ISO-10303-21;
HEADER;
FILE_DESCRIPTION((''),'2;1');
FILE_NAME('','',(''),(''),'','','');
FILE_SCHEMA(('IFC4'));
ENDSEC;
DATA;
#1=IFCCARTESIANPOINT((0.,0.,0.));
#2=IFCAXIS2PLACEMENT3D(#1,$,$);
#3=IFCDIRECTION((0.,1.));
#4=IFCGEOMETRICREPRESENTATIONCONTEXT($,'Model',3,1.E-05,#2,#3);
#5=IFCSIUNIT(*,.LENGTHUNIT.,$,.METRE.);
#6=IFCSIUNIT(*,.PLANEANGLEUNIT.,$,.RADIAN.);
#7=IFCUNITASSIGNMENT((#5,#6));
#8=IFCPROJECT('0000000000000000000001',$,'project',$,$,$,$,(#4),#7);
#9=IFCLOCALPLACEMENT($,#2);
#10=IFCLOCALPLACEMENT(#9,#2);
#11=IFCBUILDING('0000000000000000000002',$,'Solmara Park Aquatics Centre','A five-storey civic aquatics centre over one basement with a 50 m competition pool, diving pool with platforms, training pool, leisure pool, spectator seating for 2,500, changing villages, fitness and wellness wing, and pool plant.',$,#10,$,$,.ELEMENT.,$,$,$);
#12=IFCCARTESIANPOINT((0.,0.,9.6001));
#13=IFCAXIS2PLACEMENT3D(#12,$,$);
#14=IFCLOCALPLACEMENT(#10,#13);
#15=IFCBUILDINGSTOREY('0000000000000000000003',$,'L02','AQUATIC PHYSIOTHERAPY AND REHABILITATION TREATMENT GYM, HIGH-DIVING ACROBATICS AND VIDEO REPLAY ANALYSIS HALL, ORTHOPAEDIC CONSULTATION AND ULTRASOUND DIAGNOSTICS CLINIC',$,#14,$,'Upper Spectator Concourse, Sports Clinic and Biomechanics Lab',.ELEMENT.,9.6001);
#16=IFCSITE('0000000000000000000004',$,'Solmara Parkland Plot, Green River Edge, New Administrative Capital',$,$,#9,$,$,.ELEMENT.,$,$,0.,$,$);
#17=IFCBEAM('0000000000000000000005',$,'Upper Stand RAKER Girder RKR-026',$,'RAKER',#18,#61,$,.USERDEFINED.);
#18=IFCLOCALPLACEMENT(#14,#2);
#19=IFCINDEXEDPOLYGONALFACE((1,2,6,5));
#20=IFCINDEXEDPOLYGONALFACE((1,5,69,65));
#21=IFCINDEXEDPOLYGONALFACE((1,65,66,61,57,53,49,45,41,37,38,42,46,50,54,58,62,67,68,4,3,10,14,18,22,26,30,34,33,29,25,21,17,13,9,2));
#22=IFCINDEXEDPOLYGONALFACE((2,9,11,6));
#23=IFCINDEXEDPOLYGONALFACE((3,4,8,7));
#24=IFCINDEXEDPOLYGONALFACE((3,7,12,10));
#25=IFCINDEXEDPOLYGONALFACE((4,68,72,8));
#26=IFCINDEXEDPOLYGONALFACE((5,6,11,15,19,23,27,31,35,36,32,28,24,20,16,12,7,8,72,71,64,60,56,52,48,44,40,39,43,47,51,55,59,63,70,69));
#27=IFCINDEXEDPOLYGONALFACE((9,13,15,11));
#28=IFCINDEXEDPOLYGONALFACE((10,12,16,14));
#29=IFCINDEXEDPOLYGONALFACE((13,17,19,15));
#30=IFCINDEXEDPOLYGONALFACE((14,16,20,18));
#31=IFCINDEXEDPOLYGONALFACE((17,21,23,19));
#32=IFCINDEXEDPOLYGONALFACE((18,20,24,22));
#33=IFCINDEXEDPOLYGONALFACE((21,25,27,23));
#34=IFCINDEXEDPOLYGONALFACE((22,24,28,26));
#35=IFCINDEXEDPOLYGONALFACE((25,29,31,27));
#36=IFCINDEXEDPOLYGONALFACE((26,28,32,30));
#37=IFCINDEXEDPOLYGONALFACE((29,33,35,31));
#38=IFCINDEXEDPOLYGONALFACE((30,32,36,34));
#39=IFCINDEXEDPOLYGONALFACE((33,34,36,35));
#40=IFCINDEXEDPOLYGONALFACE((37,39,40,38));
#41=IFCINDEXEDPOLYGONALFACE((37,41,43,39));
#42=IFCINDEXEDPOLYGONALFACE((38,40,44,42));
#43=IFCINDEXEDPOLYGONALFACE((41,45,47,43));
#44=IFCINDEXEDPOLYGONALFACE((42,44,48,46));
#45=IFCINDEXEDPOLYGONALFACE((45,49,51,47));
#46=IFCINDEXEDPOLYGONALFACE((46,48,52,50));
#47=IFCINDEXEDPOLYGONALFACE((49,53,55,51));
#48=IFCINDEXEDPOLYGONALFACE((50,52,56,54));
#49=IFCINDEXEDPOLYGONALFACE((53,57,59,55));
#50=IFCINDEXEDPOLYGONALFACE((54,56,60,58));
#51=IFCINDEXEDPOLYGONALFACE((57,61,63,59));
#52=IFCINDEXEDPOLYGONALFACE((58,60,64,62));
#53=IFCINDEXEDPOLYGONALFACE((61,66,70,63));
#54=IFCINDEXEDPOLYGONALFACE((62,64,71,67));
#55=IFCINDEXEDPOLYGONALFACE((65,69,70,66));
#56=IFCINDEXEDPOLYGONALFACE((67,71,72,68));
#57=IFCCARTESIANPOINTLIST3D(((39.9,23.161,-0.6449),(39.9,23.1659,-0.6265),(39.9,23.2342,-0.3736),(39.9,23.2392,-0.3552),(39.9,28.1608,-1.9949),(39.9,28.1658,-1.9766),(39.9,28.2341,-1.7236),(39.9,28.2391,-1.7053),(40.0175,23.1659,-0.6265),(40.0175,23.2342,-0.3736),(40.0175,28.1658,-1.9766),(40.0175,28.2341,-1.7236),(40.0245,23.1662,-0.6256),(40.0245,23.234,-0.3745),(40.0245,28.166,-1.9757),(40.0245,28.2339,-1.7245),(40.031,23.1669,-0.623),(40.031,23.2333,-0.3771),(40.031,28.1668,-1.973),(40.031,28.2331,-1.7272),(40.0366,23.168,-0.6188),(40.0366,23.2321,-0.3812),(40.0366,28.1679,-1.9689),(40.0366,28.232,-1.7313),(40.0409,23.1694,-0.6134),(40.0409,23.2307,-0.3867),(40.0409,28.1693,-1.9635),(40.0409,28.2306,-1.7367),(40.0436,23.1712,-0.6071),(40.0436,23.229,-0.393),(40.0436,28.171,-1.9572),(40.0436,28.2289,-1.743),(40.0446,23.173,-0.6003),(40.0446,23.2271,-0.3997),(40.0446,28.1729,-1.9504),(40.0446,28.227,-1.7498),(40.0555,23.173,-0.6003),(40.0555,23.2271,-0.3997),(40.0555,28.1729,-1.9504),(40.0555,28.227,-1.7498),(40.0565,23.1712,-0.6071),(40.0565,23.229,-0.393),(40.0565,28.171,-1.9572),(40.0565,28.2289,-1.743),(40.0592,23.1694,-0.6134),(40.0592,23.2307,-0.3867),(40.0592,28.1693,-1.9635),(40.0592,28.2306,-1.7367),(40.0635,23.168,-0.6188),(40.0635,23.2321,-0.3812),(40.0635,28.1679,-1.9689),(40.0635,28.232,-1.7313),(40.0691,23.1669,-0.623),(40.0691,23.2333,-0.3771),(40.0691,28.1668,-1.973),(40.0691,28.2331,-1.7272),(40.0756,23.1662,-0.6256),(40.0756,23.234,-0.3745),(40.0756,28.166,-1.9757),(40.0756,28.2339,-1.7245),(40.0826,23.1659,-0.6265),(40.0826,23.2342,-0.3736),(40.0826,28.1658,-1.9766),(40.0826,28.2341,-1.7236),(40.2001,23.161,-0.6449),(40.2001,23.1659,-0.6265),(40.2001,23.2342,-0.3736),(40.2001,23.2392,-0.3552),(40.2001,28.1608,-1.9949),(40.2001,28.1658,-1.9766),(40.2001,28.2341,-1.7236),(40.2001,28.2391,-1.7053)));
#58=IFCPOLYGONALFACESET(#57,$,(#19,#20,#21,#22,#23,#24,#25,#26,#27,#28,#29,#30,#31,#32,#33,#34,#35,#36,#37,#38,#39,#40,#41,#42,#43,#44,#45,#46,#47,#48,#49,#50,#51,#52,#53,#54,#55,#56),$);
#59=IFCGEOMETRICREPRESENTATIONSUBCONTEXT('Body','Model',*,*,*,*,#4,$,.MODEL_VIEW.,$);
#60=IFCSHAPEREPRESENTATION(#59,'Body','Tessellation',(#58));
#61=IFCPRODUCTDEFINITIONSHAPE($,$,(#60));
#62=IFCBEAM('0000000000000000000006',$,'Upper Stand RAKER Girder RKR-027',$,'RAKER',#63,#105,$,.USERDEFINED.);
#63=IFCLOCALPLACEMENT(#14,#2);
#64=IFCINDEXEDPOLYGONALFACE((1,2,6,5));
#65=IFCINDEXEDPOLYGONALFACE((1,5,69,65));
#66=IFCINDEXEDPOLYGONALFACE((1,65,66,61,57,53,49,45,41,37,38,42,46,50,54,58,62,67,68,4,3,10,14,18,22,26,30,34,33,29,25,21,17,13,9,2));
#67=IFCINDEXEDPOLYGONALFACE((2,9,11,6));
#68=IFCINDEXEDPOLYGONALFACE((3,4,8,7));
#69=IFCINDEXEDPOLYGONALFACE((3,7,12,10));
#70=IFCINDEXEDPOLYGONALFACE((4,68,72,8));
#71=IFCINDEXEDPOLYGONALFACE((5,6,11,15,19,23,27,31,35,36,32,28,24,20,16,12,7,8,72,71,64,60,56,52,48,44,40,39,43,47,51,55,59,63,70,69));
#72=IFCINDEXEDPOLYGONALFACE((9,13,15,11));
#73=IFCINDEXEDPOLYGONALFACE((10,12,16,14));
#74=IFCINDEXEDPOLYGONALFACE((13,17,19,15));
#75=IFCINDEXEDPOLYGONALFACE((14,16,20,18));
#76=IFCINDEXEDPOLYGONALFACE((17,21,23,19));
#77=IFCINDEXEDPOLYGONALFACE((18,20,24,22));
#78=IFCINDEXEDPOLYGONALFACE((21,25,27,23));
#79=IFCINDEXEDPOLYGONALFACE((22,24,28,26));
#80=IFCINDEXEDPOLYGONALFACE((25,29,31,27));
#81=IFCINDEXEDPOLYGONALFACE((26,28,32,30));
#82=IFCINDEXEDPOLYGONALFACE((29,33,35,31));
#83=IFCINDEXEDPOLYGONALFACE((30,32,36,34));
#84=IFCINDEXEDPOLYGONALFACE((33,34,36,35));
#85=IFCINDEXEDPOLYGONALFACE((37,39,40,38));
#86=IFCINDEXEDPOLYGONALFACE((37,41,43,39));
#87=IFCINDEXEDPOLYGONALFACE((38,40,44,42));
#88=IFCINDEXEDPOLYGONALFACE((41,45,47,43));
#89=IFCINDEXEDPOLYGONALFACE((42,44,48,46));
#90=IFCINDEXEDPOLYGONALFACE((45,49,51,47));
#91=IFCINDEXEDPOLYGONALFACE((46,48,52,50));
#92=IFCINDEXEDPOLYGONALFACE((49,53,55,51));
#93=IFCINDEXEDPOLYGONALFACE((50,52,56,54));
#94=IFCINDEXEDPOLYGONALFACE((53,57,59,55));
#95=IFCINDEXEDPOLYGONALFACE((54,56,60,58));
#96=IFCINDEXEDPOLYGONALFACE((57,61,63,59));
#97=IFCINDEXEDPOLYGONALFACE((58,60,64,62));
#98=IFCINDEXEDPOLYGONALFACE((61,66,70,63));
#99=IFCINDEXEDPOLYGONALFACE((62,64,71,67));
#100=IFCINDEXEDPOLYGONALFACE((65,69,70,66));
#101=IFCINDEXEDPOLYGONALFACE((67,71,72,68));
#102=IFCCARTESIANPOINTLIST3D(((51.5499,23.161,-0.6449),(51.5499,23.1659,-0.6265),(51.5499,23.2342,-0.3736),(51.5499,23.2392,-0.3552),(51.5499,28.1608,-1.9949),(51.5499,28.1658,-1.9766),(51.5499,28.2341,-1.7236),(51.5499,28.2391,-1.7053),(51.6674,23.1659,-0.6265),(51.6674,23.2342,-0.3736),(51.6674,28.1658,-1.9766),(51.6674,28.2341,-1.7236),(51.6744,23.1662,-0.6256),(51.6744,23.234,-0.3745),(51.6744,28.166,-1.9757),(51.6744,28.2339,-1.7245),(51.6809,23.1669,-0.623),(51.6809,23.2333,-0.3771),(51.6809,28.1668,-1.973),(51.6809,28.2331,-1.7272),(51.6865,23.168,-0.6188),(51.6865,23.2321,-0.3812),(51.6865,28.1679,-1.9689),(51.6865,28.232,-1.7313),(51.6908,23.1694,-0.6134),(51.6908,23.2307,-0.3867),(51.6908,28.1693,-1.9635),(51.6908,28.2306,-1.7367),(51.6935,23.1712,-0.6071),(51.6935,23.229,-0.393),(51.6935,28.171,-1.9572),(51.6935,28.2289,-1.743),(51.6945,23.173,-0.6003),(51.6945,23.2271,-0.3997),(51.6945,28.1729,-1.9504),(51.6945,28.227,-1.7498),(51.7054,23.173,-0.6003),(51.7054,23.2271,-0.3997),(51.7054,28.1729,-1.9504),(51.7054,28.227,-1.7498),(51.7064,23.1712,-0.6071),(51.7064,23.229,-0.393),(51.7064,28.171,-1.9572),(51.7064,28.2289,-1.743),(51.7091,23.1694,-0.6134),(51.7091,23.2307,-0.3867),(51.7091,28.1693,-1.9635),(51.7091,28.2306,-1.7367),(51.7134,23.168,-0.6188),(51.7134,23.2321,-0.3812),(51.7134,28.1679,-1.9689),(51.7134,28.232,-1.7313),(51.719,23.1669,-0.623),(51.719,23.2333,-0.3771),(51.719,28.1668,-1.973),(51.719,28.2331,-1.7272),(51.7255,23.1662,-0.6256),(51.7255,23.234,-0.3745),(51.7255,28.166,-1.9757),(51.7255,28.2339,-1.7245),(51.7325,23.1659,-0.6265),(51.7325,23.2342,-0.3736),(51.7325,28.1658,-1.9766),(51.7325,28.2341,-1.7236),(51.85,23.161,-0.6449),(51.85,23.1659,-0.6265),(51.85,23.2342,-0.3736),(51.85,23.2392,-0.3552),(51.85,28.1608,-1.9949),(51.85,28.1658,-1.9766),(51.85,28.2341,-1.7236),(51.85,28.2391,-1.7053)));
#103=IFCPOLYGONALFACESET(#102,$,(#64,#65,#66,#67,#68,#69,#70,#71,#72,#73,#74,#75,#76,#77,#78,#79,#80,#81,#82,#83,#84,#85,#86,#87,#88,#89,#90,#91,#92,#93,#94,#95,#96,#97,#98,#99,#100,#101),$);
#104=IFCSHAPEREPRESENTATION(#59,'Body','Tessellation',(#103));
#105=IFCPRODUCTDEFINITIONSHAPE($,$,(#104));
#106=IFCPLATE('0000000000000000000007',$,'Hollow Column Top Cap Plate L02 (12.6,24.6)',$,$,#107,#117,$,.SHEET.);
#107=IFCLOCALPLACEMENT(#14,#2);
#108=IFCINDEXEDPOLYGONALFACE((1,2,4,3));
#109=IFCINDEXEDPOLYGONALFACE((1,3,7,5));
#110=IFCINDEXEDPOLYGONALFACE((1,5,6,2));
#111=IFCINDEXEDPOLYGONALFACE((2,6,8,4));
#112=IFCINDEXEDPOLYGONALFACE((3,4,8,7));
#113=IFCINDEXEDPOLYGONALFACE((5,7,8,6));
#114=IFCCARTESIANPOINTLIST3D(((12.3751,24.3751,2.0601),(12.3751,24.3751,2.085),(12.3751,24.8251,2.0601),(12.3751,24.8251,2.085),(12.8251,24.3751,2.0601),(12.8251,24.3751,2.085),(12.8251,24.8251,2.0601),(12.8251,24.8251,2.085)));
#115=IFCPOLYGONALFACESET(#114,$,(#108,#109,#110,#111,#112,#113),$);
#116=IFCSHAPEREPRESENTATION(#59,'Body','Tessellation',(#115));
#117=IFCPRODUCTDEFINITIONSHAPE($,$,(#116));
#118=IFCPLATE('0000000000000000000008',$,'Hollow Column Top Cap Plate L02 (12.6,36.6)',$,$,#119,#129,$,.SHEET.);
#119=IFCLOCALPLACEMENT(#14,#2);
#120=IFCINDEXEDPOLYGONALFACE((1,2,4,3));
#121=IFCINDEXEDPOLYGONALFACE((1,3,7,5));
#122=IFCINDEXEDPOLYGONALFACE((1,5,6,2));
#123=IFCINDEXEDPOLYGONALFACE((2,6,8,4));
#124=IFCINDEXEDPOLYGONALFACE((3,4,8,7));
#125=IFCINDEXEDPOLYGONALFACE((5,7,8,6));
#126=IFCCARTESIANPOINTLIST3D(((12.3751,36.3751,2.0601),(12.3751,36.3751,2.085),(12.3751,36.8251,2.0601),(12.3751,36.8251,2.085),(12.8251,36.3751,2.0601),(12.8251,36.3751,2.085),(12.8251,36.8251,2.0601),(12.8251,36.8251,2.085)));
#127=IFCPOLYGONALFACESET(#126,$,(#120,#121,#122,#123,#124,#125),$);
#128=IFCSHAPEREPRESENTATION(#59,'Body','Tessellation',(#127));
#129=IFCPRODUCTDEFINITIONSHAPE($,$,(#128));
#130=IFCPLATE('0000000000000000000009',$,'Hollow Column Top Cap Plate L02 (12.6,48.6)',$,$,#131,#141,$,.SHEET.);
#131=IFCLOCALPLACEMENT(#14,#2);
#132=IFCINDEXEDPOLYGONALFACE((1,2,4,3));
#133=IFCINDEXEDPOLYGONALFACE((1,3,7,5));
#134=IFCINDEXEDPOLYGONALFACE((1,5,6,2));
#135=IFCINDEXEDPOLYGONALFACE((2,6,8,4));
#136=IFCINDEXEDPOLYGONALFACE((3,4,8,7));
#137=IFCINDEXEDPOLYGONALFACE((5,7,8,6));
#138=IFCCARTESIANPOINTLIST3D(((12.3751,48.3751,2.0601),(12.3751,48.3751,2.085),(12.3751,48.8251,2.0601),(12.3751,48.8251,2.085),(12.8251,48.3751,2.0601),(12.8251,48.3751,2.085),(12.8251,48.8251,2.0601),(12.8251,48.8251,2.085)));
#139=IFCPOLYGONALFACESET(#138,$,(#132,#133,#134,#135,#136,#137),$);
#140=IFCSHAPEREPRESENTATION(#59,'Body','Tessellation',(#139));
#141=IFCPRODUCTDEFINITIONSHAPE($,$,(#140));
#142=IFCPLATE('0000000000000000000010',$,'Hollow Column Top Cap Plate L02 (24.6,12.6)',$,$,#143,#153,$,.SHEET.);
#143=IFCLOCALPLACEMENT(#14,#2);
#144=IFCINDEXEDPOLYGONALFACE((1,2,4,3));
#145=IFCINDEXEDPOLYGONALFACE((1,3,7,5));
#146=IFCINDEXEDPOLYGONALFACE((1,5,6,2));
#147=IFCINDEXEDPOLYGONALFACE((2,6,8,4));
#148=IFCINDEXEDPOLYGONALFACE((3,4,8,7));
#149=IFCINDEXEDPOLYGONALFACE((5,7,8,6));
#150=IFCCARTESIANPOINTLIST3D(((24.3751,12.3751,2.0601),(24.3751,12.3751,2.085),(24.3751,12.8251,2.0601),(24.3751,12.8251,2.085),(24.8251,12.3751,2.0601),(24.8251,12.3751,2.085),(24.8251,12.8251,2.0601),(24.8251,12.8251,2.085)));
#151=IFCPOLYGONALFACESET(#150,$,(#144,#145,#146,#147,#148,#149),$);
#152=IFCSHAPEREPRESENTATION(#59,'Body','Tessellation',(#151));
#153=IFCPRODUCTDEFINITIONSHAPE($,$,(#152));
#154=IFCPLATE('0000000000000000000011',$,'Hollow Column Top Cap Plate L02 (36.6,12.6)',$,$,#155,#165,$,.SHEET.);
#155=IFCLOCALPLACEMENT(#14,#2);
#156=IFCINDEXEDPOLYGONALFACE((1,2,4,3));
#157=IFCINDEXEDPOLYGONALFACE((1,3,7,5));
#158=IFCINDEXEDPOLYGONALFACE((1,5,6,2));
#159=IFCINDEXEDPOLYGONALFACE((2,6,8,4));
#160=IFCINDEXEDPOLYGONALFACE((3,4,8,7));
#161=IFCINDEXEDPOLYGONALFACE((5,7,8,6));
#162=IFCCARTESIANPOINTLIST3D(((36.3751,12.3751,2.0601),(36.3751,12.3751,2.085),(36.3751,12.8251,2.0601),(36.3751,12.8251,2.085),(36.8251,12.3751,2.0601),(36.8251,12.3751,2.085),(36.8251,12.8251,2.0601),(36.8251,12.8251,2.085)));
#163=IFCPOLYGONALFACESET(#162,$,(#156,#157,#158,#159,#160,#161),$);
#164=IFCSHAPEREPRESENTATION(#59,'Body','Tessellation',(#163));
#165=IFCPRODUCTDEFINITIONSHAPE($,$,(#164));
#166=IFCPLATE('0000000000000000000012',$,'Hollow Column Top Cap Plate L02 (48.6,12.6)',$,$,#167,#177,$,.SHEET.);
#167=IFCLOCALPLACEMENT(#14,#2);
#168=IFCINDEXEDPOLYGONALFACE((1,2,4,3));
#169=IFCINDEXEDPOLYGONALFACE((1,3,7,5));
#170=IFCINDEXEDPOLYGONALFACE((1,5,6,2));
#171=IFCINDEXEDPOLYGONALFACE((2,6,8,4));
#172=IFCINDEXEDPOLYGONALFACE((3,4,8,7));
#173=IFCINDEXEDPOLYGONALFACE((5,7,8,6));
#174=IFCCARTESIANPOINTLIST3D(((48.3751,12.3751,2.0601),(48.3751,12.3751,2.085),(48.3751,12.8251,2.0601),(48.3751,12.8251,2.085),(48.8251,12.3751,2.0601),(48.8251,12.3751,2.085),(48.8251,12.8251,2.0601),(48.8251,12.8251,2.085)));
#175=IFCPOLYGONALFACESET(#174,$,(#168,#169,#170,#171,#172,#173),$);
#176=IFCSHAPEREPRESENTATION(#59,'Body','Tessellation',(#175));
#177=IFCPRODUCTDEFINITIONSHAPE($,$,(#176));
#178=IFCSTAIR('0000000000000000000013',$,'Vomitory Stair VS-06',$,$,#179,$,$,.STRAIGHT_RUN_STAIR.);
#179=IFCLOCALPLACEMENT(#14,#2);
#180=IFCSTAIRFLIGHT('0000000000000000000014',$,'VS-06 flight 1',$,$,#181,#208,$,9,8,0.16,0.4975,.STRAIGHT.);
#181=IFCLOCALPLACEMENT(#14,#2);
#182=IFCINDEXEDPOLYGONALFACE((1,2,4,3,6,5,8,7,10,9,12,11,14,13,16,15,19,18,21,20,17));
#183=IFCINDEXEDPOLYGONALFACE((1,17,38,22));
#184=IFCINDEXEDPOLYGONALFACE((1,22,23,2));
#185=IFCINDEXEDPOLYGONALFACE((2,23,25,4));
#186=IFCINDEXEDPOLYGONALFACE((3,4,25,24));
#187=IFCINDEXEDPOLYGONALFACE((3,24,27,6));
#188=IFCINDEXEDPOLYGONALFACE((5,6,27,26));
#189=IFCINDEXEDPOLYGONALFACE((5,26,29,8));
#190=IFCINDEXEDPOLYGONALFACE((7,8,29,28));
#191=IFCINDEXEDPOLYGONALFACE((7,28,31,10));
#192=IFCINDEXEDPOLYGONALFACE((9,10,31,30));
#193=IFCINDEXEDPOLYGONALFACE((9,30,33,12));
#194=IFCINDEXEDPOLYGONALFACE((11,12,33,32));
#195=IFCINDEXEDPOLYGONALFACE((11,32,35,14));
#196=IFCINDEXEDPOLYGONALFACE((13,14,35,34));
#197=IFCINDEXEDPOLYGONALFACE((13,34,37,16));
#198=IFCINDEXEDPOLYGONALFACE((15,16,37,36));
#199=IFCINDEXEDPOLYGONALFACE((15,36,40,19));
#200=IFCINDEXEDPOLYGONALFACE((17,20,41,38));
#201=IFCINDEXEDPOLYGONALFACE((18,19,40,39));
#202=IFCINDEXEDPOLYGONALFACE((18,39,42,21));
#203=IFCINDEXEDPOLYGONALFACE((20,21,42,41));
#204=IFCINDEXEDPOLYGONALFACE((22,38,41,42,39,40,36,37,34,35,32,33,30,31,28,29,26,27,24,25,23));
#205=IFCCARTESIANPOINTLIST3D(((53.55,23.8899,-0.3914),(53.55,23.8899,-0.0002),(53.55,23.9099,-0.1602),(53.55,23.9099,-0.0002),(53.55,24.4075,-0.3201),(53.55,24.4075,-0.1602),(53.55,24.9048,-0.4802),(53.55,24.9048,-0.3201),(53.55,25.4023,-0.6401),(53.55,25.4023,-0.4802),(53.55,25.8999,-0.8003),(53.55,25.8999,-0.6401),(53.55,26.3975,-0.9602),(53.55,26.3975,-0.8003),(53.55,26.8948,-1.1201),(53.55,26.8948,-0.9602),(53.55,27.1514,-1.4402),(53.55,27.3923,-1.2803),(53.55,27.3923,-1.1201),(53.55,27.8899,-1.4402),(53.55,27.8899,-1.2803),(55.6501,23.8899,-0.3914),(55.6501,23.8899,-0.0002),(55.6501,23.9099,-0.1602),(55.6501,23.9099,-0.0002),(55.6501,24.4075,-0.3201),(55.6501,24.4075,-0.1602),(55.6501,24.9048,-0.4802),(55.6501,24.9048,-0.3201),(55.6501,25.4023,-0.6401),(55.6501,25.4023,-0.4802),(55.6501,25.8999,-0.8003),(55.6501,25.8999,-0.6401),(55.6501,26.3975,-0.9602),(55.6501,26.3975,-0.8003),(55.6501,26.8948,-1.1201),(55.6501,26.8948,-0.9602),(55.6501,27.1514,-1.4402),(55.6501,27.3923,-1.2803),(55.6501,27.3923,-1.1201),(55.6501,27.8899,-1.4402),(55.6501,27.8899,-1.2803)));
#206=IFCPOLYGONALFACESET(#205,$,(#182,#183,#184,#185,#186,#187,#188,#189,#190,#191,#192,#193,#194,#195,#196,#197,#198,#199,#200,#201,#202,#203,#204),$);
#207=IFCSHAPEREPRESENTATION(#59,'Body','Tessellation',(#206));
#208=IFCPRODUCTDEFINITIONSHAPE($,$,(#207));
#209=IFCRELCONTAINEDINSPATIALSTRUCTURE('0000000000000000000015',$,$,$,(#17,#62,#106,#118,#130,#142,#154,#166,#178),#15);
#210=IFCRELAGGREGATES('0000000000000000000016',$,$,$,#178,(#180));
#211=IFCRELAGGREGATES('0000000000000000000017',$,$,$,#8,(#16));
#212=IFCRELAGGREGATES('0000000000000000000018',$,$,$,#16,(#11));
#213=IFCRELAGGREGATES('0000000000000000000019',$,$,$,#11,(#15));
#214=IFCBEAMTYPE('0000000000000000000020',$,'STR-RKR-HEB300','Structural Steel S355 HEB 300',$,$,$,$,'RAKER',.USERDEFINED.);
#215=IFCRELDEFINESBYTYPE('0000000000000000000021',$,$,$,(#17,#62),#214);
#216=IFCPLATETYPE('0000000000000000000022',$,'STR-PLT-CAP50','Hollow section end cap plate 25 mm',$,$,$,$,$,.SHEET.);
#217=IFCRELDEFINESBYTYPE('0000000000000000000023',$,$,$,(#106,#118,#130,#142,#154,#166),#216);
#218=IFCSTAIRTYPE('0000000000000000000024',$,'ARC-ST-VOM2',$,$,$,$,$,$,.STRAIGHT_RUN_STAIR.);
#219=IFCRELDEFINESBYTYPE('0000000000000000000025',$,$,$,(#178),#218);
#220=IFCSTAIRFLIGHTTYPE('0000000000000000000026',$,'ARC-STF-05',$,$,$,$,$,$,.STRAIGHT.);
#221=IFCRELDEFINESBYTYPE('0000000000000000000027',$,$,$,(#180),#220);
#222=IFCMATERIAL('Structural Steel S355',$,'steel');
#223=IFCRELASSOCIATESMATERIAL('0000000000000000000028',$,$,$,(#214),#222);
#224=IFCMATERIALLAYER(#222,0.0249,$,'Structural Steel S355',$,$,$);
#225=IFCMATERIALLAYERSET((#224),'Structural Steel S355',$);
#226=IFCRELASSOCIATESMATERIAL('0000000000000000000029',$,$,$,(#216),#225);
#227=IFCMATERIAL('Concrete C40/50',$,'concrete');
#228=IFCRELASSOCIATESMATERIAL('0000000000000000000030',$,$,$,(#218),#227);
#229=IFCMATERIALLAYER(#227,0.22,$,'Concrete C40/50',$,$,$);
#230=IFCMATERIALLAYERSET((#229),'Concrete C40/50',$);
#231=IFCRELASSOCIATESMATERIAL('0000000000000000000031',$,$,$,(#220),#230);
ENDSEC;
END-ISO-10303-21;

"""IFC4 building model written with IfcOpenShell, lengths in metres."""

from ifc_helpers import new_model, si_unit, direction, frame, origin, origin_2d, place, context, subcontext, project, spatial, polyline, rectangle, i_section, outline, extrude, material, layer, layer_set, material_profile, profile_set, type_object, element, aggregate, save


model = new_model("IFC4")

# Units and contexts
model_context = context("Model", 3, precision=1e-05, world=origin(), true_north=direction((0.0, 1.0)))
body_context = subcontext(model_context, "Body", "Model", "MODEL_VIEW")
ifc_project = project(units=[si_unit("LENGTHUNIT", "METRE"), si_unit("PLANEANGLEUNIT", "RADIAN")], contexts=[model_context])

# Site, building, storey
site_placement = place(None, origin())
site = spatial("IfcSite", under=ifc_project, at=site_placement, Name="Solmara Parkland Plot, Green River Edge, New Administrative Capital", CompositionType="ELEMENT", RefElevation=0.0)
building_placement = place(site_placement, origin())
building = spatial("IfcBuilding", under=site, at=building_placement, Name="Solmara Park Aquatics Centre", Description="A five-storey civic aquatics centre over one basement with a 50 m competition pool, diving pool with platforms, training pool, leisure pool, spectator seating for 2,500, changing villages, fitness and wellness wing, and pool plant.", CompositionType="ELEMENT")
storey_placement = place(building_placement, frame((0.0, 0.0, 9.6001)))
storey = spatial("IfcBuildingStorey", under=building, at=storey_placement, Name="L02", Description="AQUATIC PHYSIOTHERAPY AND REHABILITATION TREATMENT GYM, HIGH-DIVING ACROBATICS AND VIDEO REPLAY ANALYSIS HALL, ORTHOPAEDIC CONSULTATION AND ULTRASOUND DIAGNOSTICS CLINIC", LongName="Upper Spectator Concourse, Sports Clinic and Biomechanics Lab", CompositionType="ELEMENT", Elevation=9.6001)

# Shared definitions
ifc_material_1 = material(Name="Structural Steel S355", Category="steel")

# Beams
ifc_material_profile_1 = material_profile(ifc_material_1, i_section(OverallWidth=0.3, OverallDepth=0.3, WebThickness=0.011, FlangeThickness=0.019, FilletRadius=0.0271, at=origin_2d()), Name="HEB 300")
ifc_profile_set_1 = profile_set([ifc_material_profile_1], Name="Structural Steel S355")
beam_type_1 = type_object("IfcBeamType", Name="STR-RKR-HEB300", Description="Structural Steel S355 HEB 300", ElementType="RAKER", PredefinedType="USERDEFINED", material=ifc_profile_set_1)
for number, where, z_axis, x_axis, name in (
    (1, (40.05, 28.2, -1.8501), (0.0, -0.965424, 0.260683), (1.0, 0.0, 0.0), "Upper Stand RAKER Girder RKR-026"),
    (2, (51.7, 28.2, -1.8501), (0.0, -0.965424, 0.260683), (1.0, 0.0, 0.0), "Upper Stand RAKER Girder RKR-027"),
):
    element("IfcBeam", number, at=place(storey_placement, frame(where, z_axis=z_axis, x_axis=x_axis)), inside=storey, type_object=beam_type_1, Name=name, ObjectType="RAKER", PredefinedType="USERDEFINED", context=body_context, shape_type="SweptSolid", body=[
        extrude(i_section(OverallWidth=0.3, OverallDepth=0.3, WebThickness=0.011, FlangeThickness=0.019, FilletRadius=0.0271, at=origin_2d()), origin(), (0.0, 0.0, 1.0), 5.179),
    ])

# Plates
ifc_layer_1 = layer(ifc_material_1, 0.0249, Name="Structural Steel S355")
ifc_layer_set_1 = layer_set([ifc_layer_1], Name="Structural Steel S355")
plate_type = type_object("IfcPlateType", Name="STR-PLT-CAP50", Description="Hollow section end cap plate 25 mm", PredefinedType="SHEET", material=ifc_layer_set_1)
for number, where, z_axis, x_axis, name in (
    (3, (12.6001, 24.6001, 2.0601), (0.0, 0.0, 1.0), (1.0, 0.0, 0.0), "Hollow Column Top Cap Plate L02 (12.6,24.6)"),
    (4, (12.6001, 36.6001, 2.0601), (0.0, 0.0, 1.0), (1.0, 0.0, 0.0), "Hollow Column Top Cap Plate L02 (12.6,36.6)"),
    (5, (12.6001, 48.6001, 2.0601), (0.0, 0.0, 1.0), (1.0, 0.0, 0.0), "Hollow Column Top Cap Plate L02 (12.6,48.6)"),
    (6, (24.6001, 12.6001, 2.0601), (0.0, 0.0, 1.0), (1.0, 0.0, 0.0), "Hollow Column Top Cap Plate L02 (24.6,12.6)"),
    (7, (36.6001, 12.6001, 2.0601), (0.0, 0.0, 1.0), (1.0, 0.0, 0.0), "Hollow Column Top Cap Plate L02 (36.6,12.6)"),
    (8, (48.6001, 12.6001, 2.0601), (0.0, 0.0, 1.0), (1.0, 0.0, 0.0), "Hollow Column Top Cap Plate L02 (48.6,12.6)"),
):
    element("IfcPlate", number, at=place(storey_placement, frame(where, z_axis=z_axis, x_axis=x_axis)), inside=storey, type_object=plate_type, Name=name, PredefinedType="SHEET", context=body_context, shape_type="SweptSolid", body=[
        extrude(rectangle(XDim=0.45, YDim=0.45, at=origin_2d()), origin(), (0.0, 0.0, 1.0), 0.0249),
    ])

# Stair, stair flight
ifc_material_2 = material(Name="Concrete C40/50", Category="concrete")
stair_type = type_object("IfcStairType", Name="ARC-ST-VOM2", PredefinedType="STRAIGHT_RUN_STAIR", material=ifc_material_2)
stair_placement = place(storey_placement, origin())
stair = element("IfcStair", 9, at=stair_placement, inside=storey, type_object=stair_type, Name="Vomitory Stair VS-06", PredefinedType="STRAIGHT_RUN_STAIR")
ifc_layer_2 = layer(ifc_material_2, 0.22, Name="Concrete C40/50")
ifc_layer_set_2 = layer_set([ifc_layer_2], Name="Concrete C40/50")
stair_flight_type = type_object("IfcStairFlightType", Name="ARC-STF-05", PredefinedType="STRAIGHT", material=ifc_layer_set_2)
stair_flight_placement = place(storey_placement, frame((54.6001, 27.8899, -1.4402), z_axis=(0.0, 0.0, 1.0), x_axis=(0.0, -1.0, 0.0)))
stair_flight = element("IfcStairFlight", 10, at=stair_flight_placement, type_object=stair_flight_type, Name="VS-06 flight 1", NumberOfRisers=9, NumberOfTreads=8, PredefinedType="STRAIGHT", RiserHeight=0.16, TreadLength=0.4975, context=body_context, shape_type="SweptSolid", body=[
    extrude(outline(polyline([(0.0, 0.0), (0.0, 0.1599), (0.4976, 0.1599), (0.4976, 0.3201), (0.9951, 0.3201), (0.9951, 0.48), (1.4924, 0.48), (1.4924, 0.6399), (1.99, 0.6399), (1.99, 0.8), (2.4875, 0.8), (2.4875, 0.96), (2.9851, 0.96), (2.9851, 1.1201), (3.4824, 1.1201), (3.4824, 1.28), (3.98, 1.28), (3.98, 1.4399), (4.0, 1.4399), (4.0, 1.0488), (0.7385, 0.0), (0.0, 0.0)])), frame((0.0, 1.05, 0.0), z_axis=(0.0, -1.0, 0.0), x_axis=(1.0, 0.0, 0.0)), (0.0, 0.0, 1.0), 2.1001),
])
aggregate(stair, [stair_flight])

save(model, "model.ifc")
